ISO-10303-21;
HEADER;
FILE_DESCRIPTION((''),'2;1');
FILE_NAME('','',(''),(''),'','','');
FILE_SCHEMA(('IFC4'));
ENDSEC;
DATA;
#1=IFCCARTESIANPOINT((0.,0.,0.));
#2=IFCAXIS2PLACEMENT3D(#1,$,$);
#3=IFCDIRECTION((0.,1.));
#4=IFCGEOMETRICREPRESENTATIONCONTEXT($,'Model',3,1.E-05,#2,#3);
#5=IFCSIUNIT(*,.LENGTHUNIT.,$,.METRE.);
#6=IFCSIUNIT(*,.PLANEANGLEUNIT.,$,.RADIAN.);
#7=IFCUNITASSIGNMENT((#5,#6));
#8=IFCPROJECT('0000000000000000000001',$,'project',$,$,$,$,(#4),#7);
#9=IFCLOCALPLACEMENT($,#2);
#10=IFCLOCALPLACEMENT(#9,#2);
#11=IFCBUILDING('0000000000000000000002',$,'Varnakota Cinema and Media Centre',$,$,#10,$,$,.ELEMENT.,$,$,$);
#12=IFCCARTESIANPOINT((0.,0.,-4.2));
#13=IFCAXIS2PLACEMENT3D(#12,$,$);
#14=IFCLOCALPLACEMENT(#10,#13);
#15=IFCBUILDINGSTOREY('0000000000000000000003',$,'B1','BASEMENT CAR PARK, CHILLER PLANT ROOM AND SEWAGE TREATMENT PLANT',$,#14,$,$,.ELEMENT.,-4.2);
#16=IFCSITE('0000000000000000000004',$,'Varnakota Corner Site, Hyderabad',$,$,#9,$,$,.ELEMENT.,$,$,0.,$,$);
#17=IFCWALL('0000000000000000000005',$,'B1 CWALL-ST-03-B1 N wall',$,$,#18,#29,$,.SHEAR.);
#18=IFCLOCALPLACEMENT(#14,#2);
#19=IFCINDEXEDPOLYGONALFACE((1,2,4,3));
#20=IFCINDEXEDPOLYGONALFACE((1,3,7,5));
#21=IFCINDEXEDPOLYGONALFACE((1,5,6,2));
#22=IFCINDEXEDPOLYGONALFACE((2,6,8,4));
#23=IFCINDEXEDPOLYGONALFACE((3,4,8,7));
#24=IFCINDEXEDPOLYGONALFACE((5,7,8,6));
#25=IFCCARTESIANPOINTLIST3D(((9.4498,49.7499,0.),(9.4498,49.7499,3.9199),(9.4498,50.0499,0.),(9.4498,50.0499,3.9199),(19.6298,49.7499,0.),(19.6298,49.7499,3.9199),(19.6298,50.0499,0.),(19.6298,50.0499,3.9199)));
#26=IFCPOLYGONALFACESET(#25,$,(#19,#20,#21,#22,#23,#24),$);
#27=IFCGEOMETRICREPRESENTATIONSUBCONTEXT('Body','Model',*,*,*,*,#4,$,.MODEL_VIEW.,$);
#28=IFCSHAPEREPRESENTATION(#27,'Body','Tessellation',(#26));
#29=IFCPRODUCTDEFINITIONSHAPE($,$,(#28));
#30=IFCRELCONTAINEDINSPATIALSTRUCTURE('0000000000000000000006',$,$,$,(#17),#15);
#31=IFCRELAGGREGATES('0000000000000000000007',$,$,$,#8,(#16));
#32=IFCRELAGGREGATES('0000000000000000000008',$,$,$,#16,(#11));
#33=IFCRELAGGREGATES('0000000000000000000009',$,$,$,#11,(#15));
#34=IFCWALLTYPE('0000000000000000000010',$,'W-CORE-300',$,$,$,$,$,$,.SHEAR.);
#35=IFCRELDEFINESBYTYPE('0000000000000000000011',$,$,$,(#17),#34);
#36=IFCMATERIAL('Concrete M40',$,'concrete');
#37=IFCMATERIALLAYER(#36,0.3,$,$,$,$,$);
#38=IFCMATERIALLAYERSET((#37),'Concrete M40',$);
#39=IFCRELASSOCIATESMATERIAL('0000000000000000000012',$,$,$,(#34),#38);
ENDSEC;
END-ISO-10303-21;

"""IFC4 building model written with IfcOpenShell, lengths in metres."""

from ifc_helpers import new_model, si_unit, direction, frame, frame_2d, origin, place, context, subcontext, project, spatial, rectangle, extrude, material, layer, layer_set, type_object, element, save


model = new_model("IFC4")

# Units and contexts
model_context = context("Model", 3, precision=1e-05, world=origin(), true_north=direction((0.0, 1.0)))
body_context = subcontext(model_context, "Body", "Model", "MODEL_VIEW")
ifc_project = project(units=[si_unit("LENGTHUNIT", "METRE"), si_unit("PLANEANGLEUNIT", "RADIAN")], contexts=[model_context])

# Site, building, storey
site_placement = place(None, origin())
site = spatial("IfcSite", under=ifc_project, at=site_placement, Name="Varnakota Corner Site, Hyderabad", CompositionType="ELEMENT", RefElevation=0.0)
building_placement = place(site_placement, origin())
building = spatial("IfcBuilding", under=site, at=building_placement, Name="Varnakota Cinema and Media Centre", CompositionType="ELEMENT")
storey_placement = place(building_placement, frame((0.0, 0.0, -4.2)))
storey = spatial("IfcBuildingStorey", under=building, at=storey_placement, Name="B1", Description="BASEMENT CAR PARK, CHILLER PLANT ROOM AND SEWAGE TREATMENT PLANT", CompositionType="ELEMENT", Elevation=-4.2)

# Wall
ifc_material_1 = material(Name="Concrete M40", Category="concrete")
ifc_layer = layer(ifc_material_1, 0.3)
ifc_layer_set = layer_set([ifc_layer], Name="Concrete M40")
wall_type = type_object("IfcWallType", Name="W-CORE-300", PredefinedType="SHEAR", material=ifc_layer_set)
wall_1_placement = place(storey_placement, frame((9.45, 49.8999, 0.0), z_axis=(0.0, 0.0, 1.0), x_axis=(1.0, 0.0, 0.0)))
element("IfcWall", 1, at=wall_1_placement, inside=storey, type_object=wall_type, Name="B1 CWALL-ST-03-B1 N wall", PredefinedType="SHEAR", context=body_context, shape_type="SweptSolid", body=[
    extrude(rectangle(XDim=10.1799, YDim=0.3, at=frame_2d((5.0898, 0.0))), origin(), (0.0, 0.0, 1.0), 3.9199),
])

save(model, "model.ifc")
